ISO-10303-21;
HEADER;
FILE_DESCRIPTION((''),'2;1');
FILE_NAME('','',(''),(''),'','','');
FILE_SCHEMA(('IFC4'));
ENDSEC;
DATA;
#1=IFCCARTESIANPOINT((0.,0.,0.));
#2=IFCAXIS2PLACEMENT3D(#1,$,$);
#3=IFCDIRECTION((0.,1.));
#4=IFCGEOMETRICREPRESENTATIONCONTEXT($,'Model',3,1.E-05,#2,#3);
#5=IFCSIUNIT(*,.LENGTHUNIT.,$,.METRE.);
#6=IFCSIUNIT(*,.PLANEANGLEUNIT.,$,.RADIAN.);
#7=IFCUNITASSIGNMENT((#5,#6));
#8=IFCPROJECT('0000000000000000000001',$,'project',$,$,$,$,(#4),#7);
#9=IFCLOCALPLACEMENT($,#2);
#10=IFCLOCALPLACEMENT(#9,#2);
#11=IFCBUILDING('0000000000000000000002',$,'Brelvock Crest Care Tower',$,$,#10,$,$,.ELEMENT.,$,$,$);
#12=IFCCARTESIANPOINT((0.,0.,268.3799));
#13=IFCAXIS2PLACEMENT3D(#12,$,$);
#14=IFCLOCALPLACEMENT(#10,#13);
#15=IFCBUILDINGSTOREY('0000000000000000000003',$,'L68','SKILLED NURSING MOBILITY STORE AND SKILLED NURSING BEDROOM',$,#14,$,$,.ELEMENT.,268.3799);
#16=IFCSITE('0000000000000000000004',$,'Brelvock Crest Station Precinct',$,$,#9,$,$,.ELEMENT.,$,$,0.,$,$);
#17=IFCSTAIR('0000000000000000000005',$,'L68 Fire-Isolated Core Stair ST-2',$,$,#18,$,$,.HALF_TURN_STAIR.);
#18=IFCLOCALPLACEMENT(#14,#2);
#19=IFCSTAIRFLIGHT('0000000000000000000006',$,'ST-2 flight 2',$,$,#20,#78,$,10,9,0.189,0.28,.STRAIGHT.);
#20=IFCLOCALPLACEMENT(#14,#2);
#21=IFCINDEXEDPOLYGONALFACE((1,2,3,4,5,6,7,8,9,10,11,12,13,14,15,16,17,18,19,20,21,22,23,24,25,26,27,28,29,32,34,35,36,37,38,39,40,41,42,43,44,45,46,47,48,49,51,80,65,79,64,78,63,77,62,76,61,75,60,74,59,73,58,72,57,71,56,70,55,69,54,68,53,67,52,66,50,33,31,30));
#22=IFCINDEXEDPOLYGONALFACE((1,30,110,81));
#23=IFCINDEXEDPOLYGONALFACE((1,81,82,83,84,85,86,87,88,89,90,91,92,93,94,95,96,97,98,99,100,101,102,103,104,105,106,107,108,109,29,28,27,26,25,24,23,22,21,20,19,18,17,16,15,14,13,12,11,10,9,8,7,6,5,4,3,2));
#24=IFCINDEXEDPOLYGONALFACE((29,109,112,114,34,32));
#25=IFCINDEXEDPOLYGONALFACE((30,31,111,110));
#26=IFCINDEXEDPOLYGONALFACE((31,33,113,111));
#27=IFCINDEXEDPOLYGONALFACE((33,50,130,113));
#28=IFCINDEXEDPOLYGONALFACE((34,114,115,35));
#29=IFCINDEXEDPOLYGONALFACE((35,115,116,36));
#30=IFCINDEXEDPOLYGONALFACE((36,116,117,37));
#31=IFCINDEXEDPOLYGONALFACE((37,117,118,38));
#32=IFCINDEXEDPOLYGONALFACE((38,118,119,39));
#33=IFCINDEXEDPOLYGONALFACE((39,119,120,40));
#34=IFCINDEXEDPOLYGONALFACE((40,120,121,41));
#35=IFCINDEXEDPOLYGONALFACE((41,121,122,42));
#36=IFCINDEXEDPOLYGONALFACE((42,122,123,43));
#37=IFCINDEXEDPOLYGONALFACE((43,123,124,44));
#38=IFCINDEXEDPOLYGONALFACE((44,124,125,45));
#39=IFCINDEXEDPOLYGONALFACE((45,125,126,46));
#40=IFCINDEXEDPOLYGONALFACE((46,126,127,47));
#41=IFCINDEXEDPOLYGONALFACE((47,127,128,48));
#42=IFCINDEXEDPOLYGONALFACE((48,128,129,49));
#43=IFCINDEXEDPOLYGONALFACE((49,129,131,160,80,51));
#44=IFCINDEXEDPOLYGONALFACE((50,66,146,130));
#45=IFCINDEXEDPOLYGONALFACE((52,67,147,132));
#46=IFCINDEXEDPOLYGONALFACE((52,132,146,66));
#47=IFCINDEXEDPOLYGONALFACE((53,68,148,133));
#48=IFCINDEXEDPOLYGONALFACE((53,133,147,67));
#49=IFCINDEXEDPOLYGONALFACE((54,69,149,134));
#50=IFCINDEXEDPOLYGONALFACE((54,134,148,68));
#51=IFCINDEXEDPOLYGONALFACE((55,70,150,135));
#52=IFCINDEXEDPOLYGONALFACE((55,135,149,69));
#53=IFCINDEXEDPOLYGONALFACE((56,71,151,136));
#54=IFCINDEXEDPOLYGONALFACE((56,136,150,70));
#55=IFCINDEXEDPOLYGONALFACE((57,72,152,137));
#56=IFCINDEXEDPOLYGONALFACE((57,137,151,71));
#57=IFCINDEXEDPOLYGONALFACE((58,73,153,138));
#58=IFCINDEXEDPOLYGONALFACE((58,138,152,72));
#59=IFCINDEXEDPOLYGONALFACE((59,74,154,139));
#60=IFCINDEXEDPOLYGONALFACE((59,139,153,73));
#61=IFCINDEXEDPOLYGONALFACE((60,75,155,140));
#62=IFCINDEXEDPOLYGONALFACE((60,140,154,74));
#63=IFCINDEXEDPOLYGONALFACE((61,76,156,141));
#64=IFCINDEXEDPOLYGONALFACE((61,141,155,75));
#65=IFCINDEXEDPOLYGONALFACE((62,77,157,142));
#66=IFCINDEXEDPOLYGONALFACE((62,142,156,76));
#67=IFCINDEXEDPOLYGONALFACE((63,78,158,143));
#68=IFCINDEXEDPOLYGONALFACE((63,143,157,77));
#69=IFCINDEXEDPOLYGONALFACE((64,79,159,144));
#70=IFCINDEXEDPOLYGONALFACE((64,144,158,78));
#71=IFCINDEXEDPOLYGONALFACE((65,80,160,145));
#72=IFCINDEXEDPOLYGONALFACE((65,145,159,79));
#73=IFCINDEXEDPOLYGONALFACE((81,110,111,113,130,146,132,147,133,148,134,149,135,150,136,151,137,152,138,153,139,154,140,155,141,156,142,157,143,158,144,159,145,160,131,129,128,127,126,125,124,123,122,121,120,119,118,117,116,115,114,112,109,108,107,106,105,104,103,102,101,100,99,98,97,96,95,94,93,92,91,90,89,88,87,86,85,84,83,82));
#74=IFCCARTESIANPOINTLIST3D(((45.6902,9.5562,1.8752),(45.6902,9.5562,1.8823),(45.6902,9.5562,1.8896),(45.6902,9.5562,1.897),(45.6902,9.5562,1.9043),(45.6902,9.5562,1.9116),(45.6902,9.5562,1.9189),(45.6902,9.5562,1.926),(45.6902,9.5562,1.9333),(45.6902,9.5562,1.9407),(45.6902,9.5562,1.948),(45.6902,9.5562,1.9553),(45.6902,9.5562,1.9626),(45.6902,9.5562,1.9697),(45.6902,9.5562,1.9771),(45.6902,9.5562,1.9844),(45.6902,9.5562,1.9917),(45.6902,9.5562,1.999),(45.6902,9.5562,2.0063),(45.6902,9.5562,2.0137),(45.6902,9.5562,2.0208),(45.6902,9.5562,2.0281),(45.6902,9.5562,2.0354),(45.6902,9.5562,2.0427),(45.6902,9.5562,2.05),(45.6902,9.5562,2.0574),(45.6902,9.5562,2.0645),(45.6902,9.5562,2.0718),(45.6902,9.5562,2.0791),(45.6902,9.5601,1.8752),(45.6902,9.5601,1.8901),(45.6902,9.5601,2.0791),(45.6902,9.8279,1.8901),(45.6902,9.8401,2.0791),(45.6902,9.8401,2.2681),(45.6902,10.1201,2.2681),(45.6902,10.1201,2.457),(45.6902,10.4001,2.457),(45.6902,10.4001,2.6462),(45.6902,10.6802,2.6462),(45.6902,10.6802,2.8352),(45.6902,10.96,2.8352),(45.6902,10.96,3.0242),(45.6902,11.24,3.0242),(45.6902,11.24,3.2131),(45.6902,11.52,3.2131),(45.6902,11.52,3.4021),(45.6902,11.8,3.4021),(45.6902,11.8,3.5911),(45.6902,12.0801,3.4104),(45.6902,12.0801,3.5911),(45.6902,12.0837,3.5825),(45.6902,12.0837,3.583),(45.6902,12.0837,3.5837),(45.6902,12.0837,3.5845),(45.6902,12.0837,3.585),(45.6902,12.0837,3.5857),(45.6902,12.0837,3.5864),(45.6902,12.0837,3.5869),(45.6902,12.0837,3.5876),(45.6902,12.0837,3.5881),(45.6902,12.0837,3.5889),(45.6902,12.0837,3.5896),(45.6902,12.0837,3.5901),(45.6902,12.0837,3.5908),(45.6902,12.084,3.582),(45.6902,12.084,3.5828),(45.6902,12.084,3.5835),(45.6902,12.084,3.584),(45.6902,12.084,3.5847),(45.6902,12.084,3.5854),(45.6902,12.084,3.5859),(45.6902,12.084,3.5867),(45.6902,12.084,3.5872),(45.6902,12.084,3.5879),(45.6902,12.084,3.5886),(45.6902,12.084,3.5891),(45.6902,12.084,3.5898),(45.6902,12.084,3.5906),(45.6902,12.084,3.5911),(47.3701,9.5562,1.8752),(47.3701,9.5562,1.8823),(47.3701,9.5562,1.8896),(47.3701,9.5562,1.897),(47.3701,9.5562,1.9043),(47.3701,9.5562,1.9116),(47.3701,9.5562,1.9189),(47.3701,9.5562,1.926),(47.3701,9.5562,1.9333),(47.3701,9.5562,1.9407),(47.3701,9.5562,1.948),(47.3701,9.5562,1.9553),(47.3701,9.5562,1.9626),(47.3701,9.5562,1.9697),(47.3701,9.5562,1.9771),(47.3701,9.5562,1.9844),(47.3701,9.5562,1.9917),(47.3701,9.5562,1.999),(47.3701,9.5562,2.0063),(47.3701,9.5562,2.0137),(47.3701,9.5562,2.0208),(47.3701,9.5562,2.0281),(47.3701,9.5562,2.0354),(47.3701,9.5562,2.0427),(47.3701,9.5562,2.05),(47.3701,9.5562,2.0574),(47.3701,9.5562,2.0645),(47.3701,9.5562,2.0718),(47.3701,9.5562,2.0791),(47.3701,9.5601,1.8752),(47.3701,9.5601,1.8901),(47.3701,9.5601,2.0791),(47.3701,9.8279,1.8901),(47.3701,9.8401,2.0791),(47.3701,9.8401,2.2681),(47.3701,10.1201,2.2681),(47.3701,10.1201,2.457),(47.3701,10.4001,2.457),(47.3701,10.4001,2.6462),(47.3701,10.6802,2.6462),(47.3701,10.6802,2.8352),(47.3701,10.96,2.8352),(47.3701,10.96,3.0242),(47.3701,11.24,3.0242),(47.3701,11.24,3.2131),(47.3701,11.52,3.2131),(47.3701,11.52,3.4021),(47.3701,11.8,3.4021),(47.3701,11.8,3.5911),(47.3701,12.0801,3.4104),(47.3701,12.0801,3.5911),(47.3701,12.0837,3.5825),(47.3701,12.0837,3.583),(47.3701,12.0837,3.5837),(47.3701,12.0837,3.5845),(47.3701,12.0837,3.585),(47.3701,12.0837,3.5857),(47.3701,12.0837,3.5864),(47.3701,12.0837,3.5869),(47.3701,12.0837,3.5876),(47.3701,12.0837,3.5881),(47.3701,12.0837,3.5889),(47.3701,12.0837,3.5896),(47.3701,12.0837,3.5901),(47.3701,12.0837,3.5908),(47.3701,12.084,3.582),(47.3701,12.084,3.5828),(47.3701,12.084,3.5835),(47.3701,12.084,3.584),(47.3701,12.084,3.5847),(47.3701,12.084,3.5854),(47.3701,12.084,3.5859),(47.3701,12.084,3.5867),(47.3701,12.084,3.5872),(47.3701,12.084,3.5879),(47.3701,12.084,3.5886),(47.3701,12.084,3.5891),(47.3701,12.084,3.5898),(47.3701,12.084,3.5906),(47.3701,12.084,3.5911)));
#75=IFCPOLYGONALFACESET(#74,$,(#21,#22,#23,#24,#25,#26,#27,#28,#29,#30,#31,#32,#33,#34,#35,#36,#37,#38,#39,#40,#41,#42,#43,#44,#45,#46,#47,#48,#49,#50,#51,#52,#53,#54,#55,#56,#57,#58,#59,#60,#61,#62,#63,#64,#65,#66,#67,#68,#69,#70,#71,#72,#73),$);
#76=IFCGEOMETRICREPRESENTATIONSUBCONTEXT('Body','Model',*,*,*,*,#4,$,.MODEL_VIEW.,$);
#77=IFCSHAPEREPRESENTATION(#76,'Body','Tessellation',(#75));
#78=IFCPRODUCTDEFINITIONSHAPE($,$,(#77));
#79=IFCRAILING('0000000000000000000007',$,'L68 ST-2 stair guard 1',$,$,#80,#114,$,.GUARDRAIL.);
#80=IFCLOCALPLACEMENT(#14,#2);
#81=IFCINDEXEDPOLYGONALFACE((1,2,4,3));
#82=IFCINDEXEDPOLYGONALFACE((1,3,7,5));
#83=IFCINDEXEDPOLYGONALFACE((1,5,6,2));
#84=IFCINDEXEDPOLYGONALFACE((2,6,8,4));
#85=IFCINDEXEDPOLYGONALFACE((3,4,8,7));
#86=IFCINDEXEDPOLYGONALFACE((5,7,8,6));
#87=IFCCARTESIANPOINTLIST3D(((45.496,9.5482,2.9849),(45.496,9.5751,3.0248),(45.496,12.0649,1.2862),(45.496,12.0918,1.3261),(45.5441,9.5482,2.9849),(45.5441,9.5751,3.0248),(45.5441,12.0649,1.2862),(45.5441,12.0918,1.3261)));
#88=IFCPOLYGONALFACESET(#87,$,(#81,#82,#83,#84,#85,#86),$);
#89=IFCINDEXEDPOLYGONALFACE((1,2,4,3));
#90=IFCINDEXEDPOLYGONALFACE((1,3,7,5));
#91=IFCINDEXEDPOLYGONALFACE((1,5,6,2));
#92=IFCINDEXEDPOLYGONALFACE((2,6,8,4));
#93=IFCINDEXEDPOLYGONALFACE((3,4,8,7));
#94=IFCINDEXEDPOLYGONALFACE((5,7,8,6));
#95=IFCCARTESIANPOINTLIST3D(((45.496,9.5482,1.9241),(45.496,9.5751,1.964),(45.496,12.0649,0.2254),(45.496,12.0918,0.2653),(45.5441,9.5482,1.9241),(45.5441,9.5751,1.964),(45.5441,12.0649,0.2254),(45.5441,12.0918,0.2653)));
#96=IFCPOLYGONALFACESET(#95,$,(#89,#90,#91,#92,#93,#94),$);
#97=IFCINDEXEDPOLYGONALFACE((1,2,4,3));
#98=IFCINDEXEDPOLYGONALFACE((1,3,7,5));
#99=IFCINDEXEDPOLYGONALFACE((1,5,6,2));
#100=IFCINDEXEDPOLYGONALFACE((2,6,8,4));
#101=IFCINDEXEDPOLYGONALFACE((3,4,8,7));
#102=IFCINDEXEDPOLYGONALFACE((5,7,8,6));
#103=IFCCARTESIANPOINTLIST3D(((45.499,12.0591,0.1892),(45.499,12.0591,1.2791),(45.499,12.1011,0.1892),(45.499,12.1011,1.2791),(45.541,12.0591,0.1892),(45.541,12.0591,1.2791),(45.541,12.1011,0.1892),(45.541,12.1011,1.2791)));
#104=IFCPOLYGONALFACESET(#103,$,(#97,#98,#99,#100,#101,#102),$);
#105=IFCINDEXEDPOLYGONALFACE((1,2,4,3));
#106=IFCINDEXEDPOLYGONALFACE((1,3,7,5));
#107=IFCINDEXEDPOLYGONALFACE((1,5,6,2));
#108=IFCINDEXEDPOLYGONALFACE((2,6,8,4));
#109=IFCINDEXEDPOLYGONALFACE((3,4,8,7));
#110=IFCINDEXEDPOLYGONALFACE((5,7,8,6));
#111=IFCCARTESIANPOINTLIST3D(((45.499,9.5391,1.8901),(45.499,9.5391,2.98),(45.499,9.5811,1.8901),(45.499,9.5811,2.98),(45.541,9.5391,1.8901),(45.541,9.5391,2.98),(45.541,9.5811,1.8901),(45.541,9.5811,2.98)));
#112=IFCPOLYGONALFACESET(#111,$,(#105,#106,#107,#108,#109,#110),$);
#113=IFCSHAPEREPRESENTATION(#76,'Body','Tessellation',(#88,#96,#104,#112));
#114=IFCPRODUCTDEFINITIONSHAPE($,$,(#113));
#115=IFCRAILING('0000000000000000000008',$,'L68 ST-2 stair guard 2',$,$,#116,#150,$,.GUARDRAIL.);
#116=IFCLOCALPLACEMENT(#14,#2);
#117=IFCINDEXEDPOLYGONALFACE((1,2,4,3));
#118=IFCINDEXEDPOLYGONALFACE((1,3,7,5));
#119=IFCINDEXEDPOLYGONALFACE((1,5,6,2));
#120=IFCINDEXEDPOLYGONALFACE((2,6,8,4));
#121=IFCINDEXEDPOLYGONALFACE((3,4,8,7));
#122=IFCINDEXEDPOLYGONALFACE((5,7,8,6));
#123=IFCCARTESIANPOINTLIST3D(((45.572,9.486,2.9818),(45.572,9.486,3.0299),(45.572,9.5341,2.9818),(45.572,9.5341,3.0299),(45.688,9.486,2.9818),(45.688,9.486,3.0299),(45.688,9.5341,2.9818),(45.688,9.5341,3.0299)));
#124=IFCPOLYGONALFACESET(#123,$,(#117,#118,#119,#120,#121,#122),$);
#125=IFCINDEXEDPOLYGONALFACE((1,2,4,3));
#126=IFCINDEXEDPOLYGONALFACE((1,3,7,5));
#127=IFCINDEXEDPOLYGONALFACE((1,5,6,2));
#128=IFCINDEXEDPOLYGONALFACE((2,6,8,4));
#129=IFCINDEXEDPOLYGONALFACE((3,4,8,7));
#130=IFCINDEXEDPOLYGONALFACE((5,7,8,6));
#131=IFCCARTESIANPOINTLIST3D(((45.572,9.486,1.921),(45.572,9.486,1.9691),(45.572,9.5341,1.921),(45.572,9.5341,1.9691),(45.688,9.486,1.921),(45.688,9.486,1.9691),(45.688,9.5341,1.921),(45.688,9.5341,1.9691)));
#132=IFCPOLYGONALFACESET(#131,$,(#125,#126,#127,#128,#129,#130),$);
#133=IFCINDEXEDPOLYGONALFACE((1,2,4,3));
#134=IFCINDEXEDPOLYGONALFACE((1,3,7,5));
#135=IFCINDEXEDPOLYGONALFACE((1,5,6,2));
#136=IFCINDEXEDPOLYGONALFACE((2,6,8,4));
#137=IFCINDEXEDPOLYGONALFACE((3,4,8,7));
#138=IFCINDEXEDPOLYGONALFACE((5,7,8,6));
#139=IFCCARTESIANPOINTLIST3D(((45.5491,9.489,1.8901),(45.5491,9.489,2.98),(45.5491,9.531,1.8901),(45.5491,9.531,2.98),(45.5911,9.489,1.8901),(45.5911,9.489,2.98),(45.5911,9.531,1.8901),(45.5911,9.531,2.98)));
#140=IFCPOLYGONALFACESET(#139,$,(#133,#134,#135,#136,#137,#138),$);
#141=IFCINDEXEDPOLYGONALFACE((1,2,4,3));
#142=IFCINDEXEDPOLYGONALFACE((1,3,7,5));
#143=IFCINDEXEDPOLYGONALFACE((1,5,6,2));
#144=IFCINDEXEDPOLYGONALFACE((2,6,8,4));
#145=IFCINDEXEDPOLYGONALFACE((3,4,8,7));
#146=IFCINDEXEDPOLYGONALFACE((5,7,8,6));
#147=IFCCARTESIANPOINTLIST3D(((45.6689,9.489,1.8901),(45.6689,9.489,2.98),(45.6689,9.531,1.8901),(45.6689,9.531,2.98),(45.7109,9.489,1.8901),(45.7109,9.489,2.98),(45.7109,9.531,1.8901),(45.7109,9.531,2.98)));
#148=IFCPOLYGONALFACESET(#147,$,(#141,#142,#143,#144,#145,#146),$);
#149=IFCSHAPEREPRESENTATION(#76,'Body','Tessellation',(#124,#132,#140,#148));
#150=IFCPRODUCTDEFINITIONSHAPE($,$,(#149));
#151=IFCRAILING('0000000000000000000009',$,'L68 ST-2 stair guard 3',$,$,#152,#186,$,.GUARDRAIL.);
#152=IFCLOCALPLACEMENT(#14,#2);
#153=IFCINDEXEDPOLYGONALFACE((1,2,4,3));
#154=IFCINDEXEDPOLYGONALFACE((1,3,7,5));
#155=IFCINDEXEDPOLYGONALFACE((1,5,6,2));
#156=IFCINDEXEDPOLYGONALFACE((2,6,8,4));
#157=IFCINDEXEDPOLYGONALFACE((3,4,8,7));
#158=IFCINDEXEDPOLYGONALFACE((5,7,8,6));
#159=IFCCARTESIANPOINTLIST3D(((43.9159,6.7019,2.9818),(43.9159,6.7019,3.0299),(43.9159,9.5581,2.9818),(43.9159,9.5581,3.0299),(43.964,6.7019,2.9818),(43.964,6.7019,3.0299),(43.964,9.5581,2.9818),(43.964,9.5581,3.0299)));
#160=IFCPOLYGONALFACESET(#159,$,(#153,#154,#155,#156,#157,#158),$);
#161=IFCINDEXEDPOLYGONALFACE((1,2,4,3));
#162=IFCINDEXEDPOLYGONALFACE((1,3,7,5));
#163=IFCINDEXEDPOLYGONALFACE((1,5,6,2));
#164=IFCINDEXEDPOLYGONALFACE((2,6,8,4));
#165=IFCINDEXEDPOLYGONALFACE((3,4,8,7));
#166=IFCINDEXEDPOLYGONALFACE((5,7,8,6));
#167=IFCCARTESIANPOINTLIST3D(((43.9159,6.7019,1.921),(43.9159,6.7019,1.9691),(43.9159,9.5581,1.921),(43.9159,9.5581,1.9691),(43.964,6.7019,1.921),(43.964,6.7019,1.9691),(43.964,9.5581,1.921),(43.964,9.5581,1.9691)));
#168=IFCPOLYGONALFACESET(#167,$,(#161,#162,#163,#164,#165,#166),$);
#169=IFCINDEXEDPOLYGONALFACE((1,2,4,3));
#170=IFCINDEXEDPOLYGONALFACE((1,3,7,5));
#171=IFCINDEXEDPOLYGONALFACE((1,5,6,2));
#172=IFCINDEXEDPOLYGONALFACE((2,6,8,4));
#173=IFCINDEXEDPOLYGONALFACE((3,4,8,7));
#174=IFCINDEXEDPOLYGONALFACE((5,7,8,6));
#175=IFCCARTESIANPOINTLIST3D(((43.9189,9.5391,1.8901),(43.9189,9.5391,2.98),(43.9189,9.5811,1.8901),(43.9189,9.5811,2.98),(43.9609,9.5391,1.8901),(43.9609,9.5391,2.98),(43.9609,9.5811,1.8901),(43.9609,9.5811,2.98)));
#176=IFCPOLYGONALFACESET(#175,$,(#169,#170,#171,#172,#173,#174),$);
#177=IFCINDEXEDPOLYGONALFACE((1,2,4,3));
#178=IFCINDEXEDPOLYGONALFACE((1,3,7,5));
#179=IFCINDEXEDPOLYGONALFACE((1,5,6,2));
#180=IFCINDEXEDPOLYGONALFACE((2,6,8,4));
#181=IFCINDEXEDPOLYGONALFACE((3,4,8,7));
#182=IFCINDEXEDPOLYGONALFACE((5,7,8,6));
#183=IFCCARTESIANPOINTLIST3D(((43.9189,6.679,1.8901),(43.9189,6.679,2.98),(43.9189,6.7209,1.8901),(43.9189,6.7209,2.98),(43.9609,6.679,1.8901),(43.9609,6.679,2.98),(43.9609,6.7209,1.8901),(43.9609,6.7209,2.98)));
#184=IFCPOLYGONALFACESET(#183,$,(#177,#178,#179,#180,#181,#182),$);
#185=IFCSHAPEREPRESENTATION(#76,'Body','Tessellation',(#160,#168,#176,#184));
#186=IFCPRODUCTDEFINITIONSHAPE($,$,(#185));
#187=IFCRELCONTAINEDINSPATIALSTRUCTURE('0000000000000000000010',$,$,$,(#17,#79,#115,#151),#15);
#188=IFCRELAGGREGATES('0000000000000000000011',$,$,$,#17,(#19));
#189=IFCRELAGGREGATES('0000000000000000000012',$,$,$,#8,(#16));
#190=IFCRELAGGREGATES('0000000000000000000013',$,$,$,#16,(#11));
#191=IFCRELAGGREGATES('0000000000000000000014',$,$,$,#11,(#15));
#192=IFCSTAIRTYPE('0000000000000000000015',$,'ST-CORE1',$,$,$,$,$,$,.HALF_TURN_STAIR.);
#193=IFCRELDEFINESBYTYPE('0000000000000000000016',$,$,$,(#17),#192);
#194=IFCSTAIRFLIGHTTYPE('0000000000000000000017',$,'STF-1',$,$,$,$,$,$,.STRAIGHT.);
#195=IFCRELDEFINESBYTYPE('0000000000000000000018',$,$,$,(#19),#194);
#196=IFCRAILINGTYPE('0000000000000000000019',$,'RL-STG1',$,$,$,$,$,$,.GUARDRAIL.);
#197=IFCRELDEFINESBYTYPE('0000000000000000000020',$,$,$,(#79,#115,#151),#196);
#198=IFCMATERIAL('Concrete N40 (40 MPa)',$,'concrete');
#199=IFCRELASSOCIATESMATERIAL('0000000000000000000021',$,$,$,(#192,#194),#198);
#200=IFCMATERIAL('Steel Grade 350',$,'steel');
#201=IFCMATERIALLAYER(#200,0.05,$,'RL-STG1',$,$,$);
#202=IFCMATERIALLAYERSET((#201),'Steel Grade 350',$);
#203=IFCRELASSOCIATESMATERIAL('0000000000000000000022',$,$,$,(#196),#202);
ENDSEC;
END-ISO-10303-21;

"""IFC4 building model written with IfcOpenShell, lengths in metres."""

from ifc_helpers import new_model, si_unit, direction, frame, origin, origin_2d, place, context, subcontext, project, spatial, polyline, rectangle, outline, extrude, material, layer, layer_set, type_object, element, aggregate, save


model = new_model("IFC4")

# Units and contexts
model_context = context("Model", 3, precision=1e-05, world=origin(), true_north=direction((0.0, 1.0)))
body_context = subcontext(model_context, "Body", "Model", "MODEL_VIEW")
ifc_project = project(units=[si_unit("LENGTHUNIT", "METRE"), si_unit("PLANEANGLEUNIT", "RADIAN")], contexts=[model_context])

# Site, building, storey
site_placement = place(None, origin())
site = spatial("IfcSite", under=ifc_project, at=site_placement, Name="Brelvock Crest Station Precinct", CompositionType="ELEMENT", RefElevation=0.0)
building_placement = place(site_placement, origin())
building = spatial("IfcBuilding", under=site, at=building_placement, Name="Brelvock Crest Care Tower", CompositionType="ELEMENT")
storey_placement = place(building_placement, frame((0.0, 0.0, 268.3799)))
storey = spatial("IfcBuildingStorey", under=building, at=storey_placement, Name="L68", Description="SKILLED NURSING MOBILITY STORE AND SKILLED NURSING BEDROOM", CompositionType="ELEMENT", Elevation=268.3799)

# Shared definitions
ifc_material_1 = material(Name="Steel Grade 350", Category="steel")

# Stair, stair flight
ifc_material_2 = material(Name="Concrete N40 (40 MPa)", Category="concrete")
stair_type = type_object("IfcStairType", Name="ST-CORE1", PredefinedType="HALF_TURN_STAIR", material=ifc_material_2)
stair_placement = place(storey_placement, origin())
stair = element("IfcStair", 1, at=stair_placement, inside=storey, type_object=stair_type, Name="L68 Fire-Isolated Core Stair ST-2", PredefinedType="HALF_TURN_STAIR")
stair_flight_type = type_object("IfcStairFlightType", Name="STF-1", PredefinedType="STRAIGHT", material=ifc_material_2)
stair_flight_1_placement = place(storey_placement, frame((46.53, 9.5601, 1.8901), z_axis=(0.0, 0.0, 1.0), x_axis=(0.0, 1.0, 0.0)))
stair_flight_1 = element("IfcStairFlight", 2, at=stair_flight_1_placement, type_object=stair_flight_type, Name="ST-2 flight 2", NumberOfRisers=10, NumberOfTreads=9, PredefinedType="STRAIGHT", RiserHeight=0.189, TreadLength=0.28, context=body_context, shape_type="SweptSolid", body=[
    extrude(outline(polyline([(-0.0039, -0.0149), (-0.0039, -0.0078), (-0.0039, -0.0005), (-0.0039, 0.0068), (-0.0039, 0.0142), (-0.0039, 0.0215), (-0.0039, 0.0288), (-0.0039, 0.0359), (-0.0039, 0.0432), (-0.0039, 0.0505), (-0.0039, 0.0579), (-0.0039, 0.0652), (-0.0039, 0.0725), (-0.0039, 0.0796), (-0.0039, 0.0869), (-0.0039, 0.0942), (-0.0039, 0.1016), (-0.0039, 0.1089), (-0.0039, 0.1162), (-0.0039, 0.1235), (-0.0039, 0.1306), (-0.0039, 0.1379), (-0.0039, 0.1453), (-0.0039, 0.1526), (-0.0039, 0.1599), (-0.0039, 0.1672), (-0.0039, 0.1743), (-0.0039, 0.1816), (-0.0039, 0.189), (0.0, 0.189), (0.28, 0.189), (0.28, 0.3779), (0.5601, 0.3779), (0.5601, 0.5669), (0.8401, 0.5669), (0.8401, 0.7561), (1.1201, 0.7561), (1.1201, 0.9451), (1.3999, 0.9451), (1.3999, 1.134), (1.6799, 1.134), (1.6799, 1.323), (1.96, 1.323), (1.96, 1.512), (2.24, 1.512), (2.24, 1.7009), (2.52, 1.7009), (2.5239, 1.7009), (2.5237, 1.7007), (2.5239, 1.7004), (2.5237, 1.7), (2.5239, 1.6997), (2.5237, 1.6995), (2.5239, 1.699), (2.5237, 1.6987), (2.5239, 1.6985), (2.5237, 1.698), (2.5239, 1.6978), (2.5237, 1.6975), (2.5239, 1.697), (2.5237, 1.6968), (2.5239, 1.6965), (2.5237, 1.6963), (2.5239, 1.6958), (2.5237, 1.6956), (2.5239, 1.6953), (2.5237, 1.6948), (2.5239, 1.6946), (2.5237, 1.6943), (2.5239, 1.6938), (2.5237, 1.6936), (2.5239, 1.6934), (2.5237, 1.6929), (2.5239, 1.6926), (2.5237, 1.6924), (2.5239, 1.6919), (2.52, 1.5203), (0.2678, 0.0), (0.0, 0.0), (0.0, -0.0149), (-0.0039, -0.0149)])), frame((0.0, 0.8398, 0.0), z_axis=(0.0, -1.0, 0.0), x_axis=(1.0, 0.0, 0.0)), (0.0, 0.0, 1.0), 1.6799),
])
aggregate(stair, [stair_flight_1])

# Railings
ifc_layer_1 = layer(ifc_material_1, 0.05, Name="RL-STG1")
ifc_layer_set_1 = layer_set([ifc_layer_1], Name="Steel Grade 350")
railing_type_1 = type_object("IfcRailingType", Name="RL-STG1", PredefinedType="GUARDRAIL", material=ifc_layer_set_1)
railing_1_placement = place(storey_placement, frame((45.52, 12.0801, 0.1892)))
element("IfcRailing", 3, at=railing_1_placement, inside=storey, type_object=railing_type_1, Name="L68 ST-2 stair guard 1", PredefinedType="GUARDRAIL", context=body_context, shape_type="SweptSolid", body=[
    extrude(rectangle(XDim=0.0481, YDim=0.0481, at=origin_2d()), frame((0.0, -0.0017, 1.1169), z_axis=(0.0, -0.828862, 0.559454), x_axis=(1.0, 0.0, 0.0)), (0.0, 0.0, 1.0), 3.0364),
    extrude(rectangle(XDim=0.0481, YDim=0.0481, at=origin_2d()), frame((0.0, -0.0017, 0.0562), z_axis=(0.0, -0.828862, 0.559454), x_axis=(1.0, 0.0, 0.0)), (0.0, 0.0, 1.0), 3.0364),
    extrude(rectangle(XDim=0.042, YDim=0.042, at=origin_2d()), origin(), (0.0, 0.0, 1.0), 1.0898),
    extrude(rectangle(XDim=0.042, YDim=0.042, at=origin_2d()), frame((0.0, -2.52, 1.7009)), (0.0, 0.0, 1.0), 1.0898),
])
railing_2_placement = place(storey_placement, frame((45.5701, 9.51, 1.8901)))
element("IfcRailing", 4, at=railing_2_placement, inside=storey, type_object=railing_type_1, Name="L68 ST-2 stair guard 2", PredefinedType="GUARDRAIL", context=body_context, shape_type="SweptSolid", body=[
    extrude(rectangle(XDim=0.0481, YDim=0.0481, at=origin_2d()), frame((0.002, 0.0, 1.1157), z_axis=(1.0, 0.0, 0.0), x_axis=(0.0, 1.0, 0.0)), (0.0, 0.0, 1.0), 0.116),
    extrude(rectangle(XDim=0.0481, YDim=0.0481, at=origin_2d()), frame((0.002, 0.0, 0.0549), z_axis=(1.0, 0.0, 0.0), x_axis=(0.0, 1.0, 0.0)), (0.0, 0.0, 1.0), 0.116),
    extrude(rectangle(XDim=0.042, YDim=0.042, at=origin_2d()), origin(), (0.0, 0.0, 1.0), 1.0898),
    extrude(rectangle(XDim=0.042, YDim=0.042, at=origin_2d()), frame((0.1199, 0.0, 0.0)), (0.0, 0.0, 1.0), 1.0898),
])
for number, where, name in (
    (5, (43.9399, 9.5601, 1.8901), "L68 ST-2 stair guard 3"),
):
    element("IfcRailing", number, at=place(storey_placement, frame(where)), inside=storey, type_object=railing_type_1, Name=name, PredefinedType="GUARDRAIL", context=body_context, shape_type="SweptSolid", body=[
        extrude(rectangle(XDim=0.0481, YDim=0.0481, at=origin_2d()), frame((0.0, -0.002, 1.1157), z_axis=(0.0, -1.0, 0.0), x_axis=(1.0, 0.0, 0.0)), (0.0, 0.0, 1.0), 2.8562),
        extrude(rectangle(XDim=0.0481, YDim=0.0481, at=origin_2d()), frame((0.0, -0.002, 0.0549), z_axis=(0.0, -1.0, 0.0), x_axis=(1.0, 0.0, 0.0)), (0.0, 0.0, 1.0), 2.8562),
        extrude(rectangle(XDim=0.042, YDim=0.042, at=origin_2d()), origin(), (0.0, 0.0, 1.0), 1.0898),
        extrude(rectangle(XDim=0.042, YDim=0.042, at=origin_2d()), frame((0.0, -2.8601, 0.0)), (0.0, 0.0, 1.0), 1.0898),
    ])

save(model, "model.ifc")
